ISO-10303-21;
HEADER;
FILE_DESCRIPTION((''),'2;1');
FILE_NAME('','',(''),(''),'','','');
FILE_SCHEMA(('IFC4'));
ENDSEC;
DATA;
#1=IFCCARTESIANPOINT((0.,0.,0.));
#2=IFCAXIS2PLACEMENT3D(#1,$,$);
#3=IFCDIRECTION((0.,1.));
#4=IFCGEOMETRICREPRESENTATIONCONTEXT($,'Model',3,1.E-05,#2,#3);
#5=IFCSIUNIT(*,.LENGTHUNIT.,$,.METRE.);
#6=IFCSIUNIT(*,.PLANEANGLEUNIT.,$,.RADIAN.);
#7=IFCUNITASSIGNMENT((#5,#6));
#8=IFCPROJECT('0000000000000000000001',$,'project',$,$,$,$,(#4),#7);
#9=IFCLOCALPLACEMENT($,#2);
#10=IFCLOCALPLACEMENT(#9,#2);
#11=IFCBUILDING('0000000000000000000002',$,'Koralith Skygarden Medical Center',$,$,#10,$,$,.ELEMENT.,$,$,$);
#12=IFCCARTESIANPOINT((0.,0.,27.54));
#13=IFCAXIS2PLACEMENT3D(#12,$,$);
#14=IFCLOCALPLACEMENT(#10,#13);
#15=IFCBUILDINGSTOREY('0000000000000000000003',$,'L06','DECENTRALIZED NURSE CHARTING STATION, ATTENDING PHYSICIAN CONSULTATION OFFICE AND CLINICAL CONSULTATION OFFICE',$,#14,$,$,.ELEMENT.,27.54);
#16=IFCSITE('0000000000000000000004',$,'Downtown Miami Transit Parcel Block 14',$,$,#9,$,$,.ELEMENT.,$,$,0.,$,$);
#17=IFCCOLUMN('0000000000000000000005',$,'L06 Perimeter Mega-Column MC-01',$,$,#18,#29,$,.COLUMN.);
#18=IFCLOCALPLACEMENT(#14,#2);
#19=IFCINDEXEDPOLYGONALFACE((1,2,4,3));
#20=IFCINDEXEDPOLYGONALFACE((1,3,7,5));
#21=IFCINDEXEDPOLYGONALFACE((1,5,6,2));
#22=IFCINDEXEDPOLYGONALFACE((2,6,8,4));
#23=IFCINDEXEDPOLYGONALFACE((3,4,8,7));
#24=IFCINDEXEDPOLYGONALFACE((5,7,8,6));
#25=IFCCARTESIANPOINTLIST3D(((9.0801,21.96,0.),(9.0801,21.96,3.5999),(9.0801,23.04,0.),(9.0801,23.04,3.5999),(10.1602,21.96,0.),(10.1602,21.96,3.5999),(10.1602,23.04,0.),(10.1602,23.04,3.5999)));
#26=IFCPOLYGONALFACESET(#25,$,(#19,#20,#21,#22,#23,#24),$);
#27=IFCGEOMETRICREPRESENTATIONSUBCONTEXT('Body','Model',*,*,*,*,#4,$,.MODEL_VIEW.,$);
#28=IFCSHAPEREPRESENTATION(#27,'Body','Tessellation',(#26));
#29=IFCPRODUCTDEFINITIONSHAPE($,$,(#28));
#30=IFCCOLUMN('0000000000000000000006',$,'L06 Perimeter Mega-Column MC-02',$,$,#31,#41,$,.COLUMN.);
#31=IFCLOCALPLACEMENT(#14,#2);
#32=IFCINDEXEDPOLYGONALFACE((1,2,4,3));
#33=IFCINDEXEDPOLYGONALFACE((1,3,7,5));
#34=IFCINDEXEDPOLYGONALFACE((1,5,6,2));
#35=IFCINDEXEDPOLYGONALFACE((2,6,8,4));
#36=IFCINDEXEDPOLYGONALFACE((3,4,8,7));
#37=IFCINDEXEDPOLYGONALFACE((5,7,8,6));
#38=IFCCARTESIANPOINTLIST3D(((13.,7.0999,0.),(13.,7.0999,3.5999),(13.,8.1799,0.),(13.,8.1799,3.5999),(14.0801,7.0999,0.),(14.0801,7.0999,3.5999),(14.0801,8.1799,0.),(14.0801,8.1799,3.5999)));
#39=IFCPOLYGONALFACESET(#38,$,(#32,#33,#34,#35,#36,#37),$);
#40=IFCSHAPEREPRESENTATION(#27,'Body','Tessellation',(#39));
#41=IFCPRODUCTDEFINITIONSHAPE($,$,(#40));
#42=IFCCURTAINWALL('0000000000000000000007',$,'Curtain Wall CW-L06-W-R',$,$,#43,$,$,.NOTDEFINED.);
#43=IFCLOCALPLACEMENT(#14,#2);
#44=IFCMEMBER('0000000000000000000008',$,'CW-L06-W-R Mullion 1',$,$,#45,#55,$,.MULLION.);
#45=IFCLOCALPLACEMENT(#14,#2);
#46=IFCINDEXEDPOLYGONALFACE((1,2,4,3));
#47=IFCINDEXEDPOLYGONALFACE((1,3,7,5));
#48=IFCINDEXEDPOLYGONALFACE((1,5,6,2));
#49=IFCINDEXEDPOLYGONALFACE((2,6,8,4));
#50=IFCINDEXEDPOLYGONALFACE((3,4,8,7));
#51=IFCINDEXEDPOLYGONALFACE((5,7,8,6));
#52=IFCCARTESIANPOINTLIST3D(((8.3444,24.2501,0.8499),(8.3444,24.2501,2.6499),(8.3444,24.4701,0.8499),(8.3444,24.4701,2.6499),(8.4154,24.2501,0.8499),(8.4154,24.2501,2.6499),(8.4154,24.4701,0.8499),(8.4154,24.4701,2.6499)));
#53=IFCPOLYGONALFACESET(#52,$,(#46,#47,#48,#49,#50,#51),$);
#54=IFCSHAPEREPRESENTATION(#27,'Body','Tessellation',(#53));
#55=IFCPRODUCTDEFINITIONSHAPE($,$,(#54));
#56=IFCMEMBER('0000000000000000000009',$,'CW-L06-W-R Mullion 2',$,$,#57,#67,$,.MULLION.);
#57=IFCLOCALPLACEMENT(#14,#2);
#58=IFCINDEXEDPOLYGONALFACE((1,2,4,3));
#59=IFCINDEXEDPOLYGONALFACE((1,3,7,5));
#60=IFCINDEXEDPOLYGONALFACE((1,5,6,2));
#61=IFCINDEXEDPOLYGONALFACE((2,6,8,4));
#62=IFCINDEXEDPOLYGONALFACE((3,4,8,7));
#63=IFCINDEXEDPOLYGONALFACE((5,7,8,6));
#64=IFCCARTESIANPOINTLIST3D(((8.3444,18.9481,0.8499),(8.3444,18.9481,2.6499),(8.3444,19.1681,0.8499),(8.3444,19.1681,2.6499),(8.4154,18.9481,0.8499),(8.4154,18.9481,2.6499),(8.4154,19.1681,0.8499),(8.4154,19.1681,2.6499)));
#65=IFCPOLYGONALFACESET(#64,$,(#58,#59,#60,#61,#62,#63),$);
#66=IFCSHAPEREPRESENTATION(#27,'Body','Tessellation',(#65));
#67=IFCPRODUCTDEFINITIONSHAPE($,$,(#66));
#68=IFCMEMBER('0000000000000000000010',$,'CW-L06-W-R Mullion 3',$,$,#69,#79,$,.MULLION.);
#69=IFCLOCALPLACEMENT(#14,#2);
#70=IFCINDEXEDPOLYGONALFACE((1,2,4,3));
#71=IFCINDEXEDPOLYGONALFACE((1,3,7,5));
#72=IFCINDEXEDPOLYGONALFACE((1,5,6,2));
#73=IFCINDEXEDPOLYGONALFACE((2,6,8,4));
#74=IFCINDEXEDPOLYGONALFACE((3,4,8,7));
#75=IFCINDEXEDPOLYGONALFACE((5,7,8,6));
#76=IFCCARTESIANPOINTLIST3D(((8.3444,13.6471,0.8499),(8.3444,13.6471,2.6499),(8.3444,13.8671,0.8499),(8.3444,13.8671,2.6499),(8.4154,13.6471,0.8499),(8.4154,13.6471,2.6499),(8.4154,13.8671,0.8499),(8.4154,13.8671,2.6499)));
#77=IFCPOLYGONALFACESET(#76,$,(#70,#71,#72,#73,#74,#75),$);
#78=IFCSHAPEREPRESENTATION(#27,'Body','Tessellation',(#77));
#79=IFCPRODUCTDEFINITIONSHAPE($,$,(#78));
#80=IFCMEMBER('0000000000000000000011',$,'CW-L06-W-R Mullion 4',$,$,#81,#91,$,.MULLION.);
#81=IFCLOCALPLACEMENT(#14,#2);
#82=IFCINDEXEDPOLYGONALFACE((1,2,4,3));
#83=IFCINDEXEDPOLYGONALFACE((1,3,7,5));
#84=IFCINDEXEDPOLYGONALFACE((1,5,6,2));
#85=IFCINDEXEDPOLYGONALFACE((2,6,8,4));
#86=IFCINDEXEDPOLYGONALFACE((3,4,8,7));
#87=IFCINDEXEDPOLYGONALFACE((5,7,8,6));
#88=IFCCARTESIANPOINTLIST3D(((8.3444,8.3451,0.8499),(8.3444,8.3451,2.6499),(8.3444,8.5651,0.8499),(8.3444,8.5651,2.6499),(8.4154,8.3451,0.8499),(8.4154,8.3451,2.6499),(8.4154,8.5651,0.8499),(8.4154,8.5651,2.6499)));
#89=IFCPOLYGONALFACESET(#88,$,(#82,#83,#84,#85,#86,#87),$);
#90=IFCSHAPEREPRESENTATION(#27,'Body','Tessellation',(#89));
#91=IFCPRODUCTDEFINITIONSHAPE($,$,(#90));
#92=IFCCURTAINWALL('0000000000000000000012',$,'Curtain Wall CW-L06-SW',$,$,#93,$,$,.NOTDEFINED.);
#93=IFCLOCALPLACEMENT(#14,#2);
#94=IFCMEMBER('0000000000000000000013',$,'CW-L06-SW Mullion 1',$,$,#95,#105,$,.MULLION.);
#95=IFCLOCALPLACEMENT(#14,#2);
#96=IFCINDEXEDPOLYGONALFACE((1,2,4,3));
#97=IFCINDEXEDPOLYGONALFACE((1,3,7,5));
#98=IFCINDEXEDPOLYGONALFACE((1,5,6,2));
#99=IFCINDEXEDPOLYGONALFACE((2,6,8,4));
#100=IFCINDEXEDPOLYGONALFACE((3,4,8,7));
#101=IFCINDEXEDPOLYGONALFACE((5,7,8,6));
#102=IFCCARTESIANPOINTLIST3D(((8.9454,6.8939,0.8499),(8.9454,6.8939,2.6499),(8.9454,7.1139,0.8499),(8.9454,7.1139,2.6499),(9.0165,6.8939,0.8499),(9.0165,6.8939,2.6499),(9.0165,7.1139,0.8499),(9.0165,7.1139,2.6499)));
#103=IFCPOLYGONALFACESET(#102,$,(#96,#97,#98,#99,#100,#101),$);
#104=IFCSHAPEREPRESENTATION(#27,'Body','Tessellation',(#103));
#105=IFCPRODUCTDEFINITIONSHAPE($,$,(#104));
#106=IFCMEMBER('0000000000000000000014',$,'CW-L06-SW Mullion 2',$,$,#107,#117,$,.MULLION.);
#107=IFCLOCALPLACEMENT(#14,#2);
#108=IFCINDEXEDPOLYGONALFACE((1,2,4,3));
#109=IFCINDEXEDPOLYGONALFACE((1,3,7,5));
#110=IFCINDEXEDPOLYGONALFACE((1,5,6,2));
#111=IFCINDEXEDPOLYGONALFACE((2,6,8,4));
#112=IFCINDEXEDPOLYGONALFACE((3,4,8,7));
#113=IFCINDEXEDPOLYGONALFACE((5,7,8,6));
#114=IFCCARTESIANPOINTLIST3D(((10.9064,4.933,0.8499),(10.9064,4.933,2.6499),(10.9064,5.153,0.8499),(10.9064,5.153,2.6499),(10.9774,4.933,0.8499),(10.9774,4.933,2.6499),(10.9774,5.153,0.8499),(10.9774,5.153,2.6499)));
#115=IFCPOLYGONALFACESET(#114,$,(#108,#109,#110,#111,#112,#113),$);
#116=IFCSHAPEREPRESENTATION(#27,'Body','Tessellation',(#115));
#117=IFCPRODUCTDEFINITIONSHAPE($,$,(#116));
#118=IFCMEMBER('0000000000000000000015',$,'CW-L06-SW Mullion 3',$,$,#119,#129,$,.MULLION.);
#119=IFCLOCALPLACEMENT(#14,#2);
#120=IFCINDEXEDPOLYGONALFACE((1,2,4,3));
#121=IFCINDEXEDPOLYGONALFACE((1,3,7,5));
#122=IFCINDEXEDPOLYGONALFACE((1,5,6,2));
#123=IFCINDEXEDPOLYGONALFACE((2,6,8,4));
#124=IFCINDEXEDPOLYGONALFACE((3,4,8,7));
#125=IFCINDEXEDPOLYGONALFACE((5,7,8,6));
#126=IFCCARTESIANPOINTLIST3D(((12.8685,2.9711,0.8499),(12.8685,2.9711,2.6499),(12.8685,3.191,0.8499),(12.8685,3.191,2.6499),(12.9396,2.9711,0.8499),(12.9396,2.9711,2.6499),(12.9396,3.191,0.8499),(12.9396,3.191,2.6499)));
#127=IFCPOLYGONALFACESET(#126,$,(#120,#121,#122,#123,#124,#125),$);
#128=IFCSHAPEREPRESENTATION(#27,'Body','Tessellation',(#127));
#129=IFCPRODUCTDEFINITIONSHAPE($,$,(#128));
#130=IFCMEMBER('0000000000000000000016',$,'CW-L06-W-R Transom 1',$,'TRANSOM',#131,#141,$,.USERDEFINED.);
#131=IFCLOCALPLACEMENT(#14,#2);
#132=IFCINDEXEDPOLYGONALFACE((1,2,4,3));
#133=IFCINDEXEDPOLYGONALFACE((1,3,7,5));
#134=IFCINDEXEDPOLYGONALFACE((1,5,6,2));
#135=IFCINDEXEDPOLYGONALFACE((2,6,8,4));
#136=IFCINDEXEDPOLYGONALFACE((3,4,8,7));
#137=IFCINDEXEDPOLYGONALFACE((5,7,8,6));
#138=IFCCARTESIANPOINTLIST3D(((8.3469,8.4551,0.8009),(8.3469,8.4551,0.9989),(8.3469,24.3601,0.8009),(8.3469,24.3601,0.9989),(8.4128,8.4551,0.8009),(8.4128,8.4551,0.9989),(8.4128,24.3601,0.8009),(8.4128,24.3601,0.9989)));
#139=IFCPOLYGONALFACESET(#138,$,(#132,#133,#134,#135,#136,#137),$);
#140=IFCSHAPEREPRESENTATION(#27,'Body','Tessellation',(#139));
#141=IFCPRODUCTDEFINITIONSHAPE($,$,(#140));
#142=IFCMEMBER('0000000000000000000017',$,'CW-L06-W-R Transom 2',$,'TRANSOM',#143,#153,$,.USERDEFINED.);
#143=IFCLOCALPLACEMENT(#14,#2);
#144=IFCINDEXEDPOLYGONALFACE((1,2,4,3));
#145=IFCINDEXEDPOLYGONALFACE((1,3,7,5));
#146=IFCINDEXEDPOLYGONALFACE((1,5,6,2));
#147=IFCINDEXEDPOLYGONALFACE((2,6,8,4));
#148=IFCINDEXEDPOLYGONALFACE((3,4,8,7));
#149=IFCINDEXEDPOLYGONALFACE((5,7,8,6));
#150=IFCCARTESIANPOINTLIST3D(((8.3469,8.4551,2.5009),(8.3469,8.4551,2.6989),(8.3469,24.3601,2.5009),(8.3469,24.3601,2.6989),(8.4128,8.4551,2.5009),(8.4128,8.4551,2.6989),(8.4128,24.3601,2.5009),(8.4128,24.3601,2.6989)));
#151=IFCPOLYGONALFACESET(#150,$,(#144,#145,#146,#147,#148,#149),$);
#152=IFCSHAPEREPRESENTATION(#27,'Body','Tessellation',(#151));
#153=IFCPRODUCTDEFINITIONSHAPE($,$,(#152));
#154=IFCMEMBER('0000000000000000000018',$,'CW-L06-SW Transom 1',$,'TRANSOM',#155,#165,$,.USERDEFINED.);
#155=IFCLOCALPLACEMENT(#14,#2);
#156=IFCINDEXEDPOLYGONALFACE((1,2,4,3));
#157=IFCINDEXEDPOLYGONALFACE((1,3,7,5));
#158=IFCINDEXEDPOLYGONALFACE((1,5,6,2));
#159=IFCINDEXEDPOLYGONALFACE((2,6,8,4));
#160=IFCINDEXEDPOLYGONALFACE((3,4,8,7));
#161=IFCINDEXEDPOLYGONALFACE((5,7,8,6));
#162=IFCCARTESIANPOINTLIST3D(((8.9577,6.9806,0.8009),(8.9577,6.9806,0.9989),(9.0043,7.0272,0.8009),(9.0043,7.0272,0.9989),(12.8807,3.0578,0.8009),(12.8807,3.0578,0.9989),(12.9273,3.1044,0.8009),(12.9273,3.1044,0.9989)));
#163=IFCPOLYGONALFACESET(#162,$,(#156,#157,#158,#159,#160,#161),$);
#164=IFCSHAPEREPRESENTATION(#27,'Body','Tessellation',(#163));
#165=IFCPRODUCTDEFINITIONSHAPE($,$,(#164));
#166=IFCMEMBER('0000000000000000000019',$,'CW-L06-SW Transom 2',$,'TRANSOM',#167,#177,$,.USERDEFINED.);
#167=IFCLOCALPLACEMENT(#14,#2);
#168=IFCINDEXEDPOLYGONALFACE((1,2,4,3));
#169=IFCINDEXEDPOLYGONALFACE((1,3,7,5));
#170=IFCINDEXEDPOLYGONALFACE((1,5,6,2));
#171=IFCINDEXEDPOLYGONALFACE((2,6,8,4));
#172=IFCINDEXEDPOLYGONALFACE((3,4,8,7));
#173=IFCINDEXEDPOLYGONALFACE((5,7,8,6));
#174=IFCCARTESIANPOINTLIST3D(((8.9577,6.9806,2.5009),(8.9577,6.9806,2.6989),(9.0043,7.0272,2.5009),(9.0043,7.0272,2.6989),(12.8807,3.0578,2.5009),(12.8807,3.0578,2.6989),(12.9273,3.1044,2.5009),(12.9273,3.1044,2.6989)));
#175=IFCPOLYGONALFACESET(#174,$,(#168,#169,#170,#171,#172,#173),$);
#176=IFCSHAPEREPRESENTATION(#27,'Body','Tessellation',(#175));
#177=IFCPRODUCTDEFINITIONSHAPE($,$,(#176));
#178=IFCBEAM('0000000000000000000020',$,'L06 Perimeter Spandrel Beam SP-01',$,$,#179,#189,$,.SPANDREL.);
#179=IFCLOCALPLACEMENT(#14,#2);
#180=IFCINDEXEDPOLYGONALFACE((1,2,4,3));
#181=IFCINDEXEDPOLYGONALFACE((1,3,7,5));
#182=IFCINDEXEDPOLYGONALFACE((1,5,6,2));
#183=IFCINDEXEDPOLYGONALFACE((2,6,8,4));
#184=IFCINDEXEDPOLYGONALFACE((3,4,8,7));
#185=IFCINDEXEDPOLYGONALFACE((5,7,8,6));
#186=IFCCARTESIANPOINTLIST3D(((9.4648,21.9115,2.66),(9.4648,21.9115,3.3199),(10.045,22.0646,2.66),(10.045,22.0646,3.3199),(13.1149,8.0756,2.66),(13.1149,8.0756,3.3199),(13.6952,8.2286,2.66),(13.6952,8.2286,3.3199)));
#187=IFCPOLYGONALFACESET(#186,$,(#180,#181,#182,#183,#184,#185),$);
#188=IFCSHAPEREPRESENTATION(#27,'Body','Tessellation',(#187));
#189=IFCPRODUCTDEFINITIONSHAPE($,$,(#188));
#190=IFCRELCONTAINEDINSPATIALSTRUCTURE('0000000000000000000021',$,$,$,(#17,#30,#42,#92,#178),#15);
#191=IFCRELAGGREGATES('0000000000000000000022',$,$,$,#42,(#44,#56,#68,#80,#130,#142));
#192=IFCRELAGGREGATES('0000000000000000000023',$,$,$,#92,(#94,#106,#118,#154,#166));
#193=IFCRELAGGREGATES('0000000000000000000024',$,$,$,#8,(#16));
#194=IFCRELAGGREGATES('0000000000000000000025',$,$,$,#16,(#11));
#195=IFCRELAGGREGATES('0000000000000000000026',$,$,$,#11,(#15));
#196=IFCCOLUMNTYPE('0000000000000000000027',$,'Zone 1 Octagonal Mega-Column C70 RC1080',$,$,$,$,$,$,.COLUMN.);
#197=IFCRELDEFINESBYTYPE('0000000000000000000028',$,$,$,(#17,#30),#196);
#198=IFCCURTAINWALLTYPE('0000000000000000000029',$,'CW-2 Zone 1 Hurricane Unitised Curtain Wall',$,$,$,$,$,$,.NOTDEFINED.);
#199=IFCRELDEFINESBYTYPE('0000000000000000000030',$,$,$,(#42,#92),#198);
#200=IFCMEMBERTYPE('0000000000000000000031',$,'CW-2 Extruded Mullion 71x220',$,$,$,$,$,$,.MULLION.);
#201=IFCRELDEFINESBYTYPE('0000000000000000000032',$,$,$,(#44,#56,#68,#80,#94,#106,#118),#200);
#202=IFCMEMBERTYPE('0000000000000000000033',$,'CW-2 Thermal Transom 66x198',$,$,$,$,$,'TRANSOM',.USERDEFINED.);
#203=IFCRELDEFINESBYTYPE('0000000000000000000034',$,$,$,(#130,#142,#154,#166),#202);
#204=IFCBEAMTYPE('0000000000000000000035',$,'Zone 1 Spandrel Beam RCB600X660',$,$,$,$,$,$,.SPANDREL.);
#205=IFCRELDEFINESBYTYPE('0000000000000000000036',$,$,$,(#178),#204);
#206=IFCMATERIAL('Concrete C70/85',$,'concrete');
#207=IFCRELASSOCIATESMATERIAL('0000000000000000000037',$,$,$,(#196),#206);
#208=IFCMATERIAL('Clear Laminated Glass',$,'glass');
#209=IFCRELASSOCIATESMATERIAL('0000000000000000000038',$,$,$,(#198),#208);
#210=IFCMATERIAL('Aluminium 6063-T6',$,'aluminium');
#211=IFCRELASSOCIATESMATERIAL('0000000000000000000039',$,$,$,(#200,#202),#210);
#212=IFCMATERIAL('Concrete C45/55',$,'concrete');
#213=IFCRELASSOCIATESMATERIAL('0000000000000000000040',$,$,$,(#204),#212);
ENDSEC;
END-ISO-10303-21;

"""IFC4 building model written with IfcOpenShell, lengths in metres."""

from ifc_helpers import new_model, si_unit, direction, frame, origin, origin_2d, place, context, subcontext, project, spatial, rectangle, extrude, material, material_profile, profile_set, type_object, element, aggregate, save


model = new_model("IFC4")

# Units and contexts
model_context = context("Model", 3, precision=1e-05, world=origin(), true_north=direction((0.0, 1.0)))
body_context = subcontext(model_context, "Body", "Model", "MODEL_VIEW")
ifc_project = project(units=[si_unit("LENGTHUNIT", "METRE"), si_unit("PLANEANGLEUNIT", "RADIAN")], contexts=[model_context])

# Site, building, storey
site_placement = place(None, origin())
site = spatial("IfcSite", under=ifc_project, at=site_placement, Name="Downtown Miami Transit Parcel Block 14", CompositionType="ELEMENT", RefElevation=0.0)
building_placement = place(site_placement, origin())
building = spatial("IfcBuilding", under=site, at=building_placement, Name="Koralith Skygarden Medical Center", CompositionType="ELEMENT")
storey_placement = place(building_placement, frame((0.0, 0.0, 27.54)))
storey = spatial("IfcBuildingStorey", under=building, at=storey_placement, Name="L06", Description="DECENTRALIZED NURSE CHARTING STATION, ATTENDING PHYSICIAN CONSULTATION OFFICE AND CLINICAL CONSULTATION OFFICE", CompositionType="ELEMENT", Elevation=27.54)

# Columns
ifc_material_1 = material(Name="Concrete C70/85", Category="concrete")
ifc_material_profile_1 = material_profile(ifc_material_1, rectangle(XDim=1.0801, YDim=1.0801, at=origin_2d()), Name="RC1080X1080")
ifc_profile_set_1 = profile_set([ifc_material_profile_1], Name="Concrete C70/85")
column_type = type_object("IfcColumnType", Name="Zone 1 Octagonal Mega-Column C70 RC1080", PredefinedType="COLUMN", material=ifc_profile_set_1)
for number, where, z_axis, x_axis, name in (
    (1, (9.6201, 22.5, 0.0), (0.0, 0.0, 1.0), (1.0, 0.0, 0.0), "L06 Perimeter Mega-Column MC-01"),
    (2, (13.54, 7.6399, 0.0), (0.0, 0.0, 1.0), (1.0, 0.0, 0.0), "L06 Perimeter Mega-Column MC-02"),
):
    element("IfcColumn", number, at=place(storey_placement, frame(where, z_axis=z_axis, x_axis=x_axis)), inside=storey, type_object=column_type, Name=name, PredefinedType="COLUMN", context=body_context, shape_type="SweptSolid", body=[
        extrude(rectangle(XDim=1.0801, YDim=1.0801, at=origin_2d()), origin(), (0.0, 0.0, 1.0), 3.5999),
    ])

# Curtain walls, members
ifc_material_2 = material(Name="Clear Laminated Glass", Category="glass")
curtain_wall_type = type_object("IfcCurtainWallType", Name="CW-2 Zone 1 Hurricane Unitised Curtain Wall", PredefinedType="NOTDEFINED", material=ifc_material_2)
curtain_wall_1_placement = place(storey_placement, origin())
curtain_wall_1 = element("IfcCurtainWall", 3, at=curtain_wall_1_placement, inside=storey, type_object=curtain_wall_type, Name="Curtain Wall CW-L06-W-R", PredefinedType="NOTDEFINED")
ifc_material_3 = material(Name="Aluminium 6063-T6", Category="aluminium")
ifc_material_profile_2 = material_profile(ifc_material_3, rectangle(XDim=0.071, YDim=0.22, at=origin_2d()), Name="MUL71X220")
ifc_profile_set_2 = profile_set([ifc_material_profile_2], Name="Aluminium 6063-T6")
member_type_1 = type_object("IfcMemberType", Name="CW-2 Extruded Mullion 71x220", PredefinedType="MULLION", material=ifc_profile_set_2)
member_1_placement = place(storey_placement, frame((8.3799, 24.3601, 0.8499), z_axis=(0.0, 0.0, 1.0), x_axis=(1.0, 0.0, 0.0)))
member_1 = element("IfcMember", 4, at=member_1_placement, type_object=member_type_1, Name="CW-L06-W-R Mullion 1", PredefinedType="MULLION", context=body_context, shape_type="SweptSolid", body=[
    extrude(rectangle(XDim=0.071, YDim=0.22, at=origin_2d()), origin(), (0.0, 0.0, 1.0), 1.8),
])
member_2_placement = place(storey_placement, frame((8.3799, 19.0581, 0.8499), z_axis=(0.0, 0.0, 1.0), x_axis=(1.0, 0.0, 0.0)))
member_2 = element("IfcMember", 5, at=member_2_placement, type_object=member_type_1, Name="CW-L06-W-R Mullion 2", PredefinedType="MULLION", context=body_context, shape_type="SweptSolid", body=[
    extrude(rectangle(XDim=0.071, YDim=0.22, at=origin_2d()), origin(), (0.0, 0.0, 1.0), 1.8),
])
member_3_placement = place(storey_placement, frame((8.3799, 13.7571, 0.8499), z_axis=(0.0, 0.0, 1.0), x_axis=(1.0, 0.0, 0.0)))
member_3 = element("IfcMember", 6, at=member_3_placement, type_object=member_type_1, Name="CW-L06-W-R Mullion 3", PredefinedType="MULLION", context=body_context, shape_type="SweptSolid", body=[
    extrude(rectangle(XDim=0.071, YDim=0.22, at=origin_2d()), origin(), (0.0, 0.0, 1.0), 1.8),
])
member_4_placement = place(storey_placement, frame((8.3799, 8.4551, 0.8499), z_axis=(0.0, 0.0, 1.0), x_axis=(1.0, 0.0, 0.0)))
member_4 = element("IfcMember", 7, at=member_4_placement, type_object=member_type_1, Name="CW-L06-W-R Mullion 4", PredefinedType="MULLION", context=body_context, shape_type="SweptSolid", body=[
    extrude(rectangle(XDim=0.071, YDim=0.22, at=origin_2d()), origin(), (0.0, 0.0, 1.0), 1.8),
])
curtain_wall_2_placement = place(storey_placement, origin())
curtain_wall_2 = element("IfcCurtainWall", 8, at=curtain_wall_2_placement, inside=storey, type_object=curtain_wall_type, Name="Curtain Wall CW-L06-SW", PredefinedType="NOTDEFINED")
member_5_placement = place(storey_placement, frame((8.981, 7.0039, 0.8499), z_axis=(0.0, 0.0, 1.0), x_axis=(1.0, 0.0, 0.0)))
member_5 = element("IfcMember", 9, at=member_5_placement, type_object=member_type_1, Name="CW-L06-SW Mullion 1", PredefinedType="MULLION", context=body_context, shape_type="SweptSolid", body=[
    extrude(rectangle(XDim=0.071, YDim=0.22, at=origin_2d()), origin(), (0.0, 0.0, 1.0), 1.8),
])
member_6_placement = place(storey_placement, frame((10.9419, 5.043, 0.8499), z_axis=(0.0, 0.0, 1.0), x_axis=(1.0, 0.0, 0.0)))
member_6 = element("IfcMember", 10, at=member_6_placement, type_object=member_type_1, Name="CW-L06-SW Mullion 2", PredefinedType="MULLION", context=body_context, shape_type="SweptSolid", body=[
    extrude(rectangle(XDim=0.071, YDim=0.22, at=origin_2d()), origin(), (0.0, 0.0, 1.0), 1.8),
])
member_7_placement = place(storey_placement, frame((12.9041, 3.0811, 0.8499), z_axis=(0.0, 0.0, 1.0), x_axis=(1.0, 0.0, 0.0)))
member_7 = element("IfcMember", 11, at=member_7_placement, type_object=member_type_1, Name="CW-L06-SW Mullion 3", PredefinedType="MULLION", context=body_context, shape_type="SweptSolid", body=[
    extrude(rectangle(XDim=0.071, YDim=0.22, at=origin_2d()), origin(), (0.0, 0.0, 1.0), 1.8),
])

# Members
ifc_material_profile_3 = material_profile(ifc_material_3, rectangle(XDim=0.0659, YDim=0.198, at=origin_2d()), Name="TRN66X198")
ifc_profile_set_3 = profile_set([ifc_material_profile_3], Name="Aluminium 6063-T6")
member_type_2 = type_object("IfcMemberType", Name="CW-2 Thermal Transom 66x198", ElementType="TRANSOM", PredefinedType="USERDEFINED", material=ifc_profile_set_3)
member_8_placement = place(storey_placement, frame((8.3799, 24.3601, 0.8999), z_axis=(0.0, -1.0, 0.0), x_axis=(1.0, 0.0, 0.0)))
member_8 = element("IfcMember", 12, at=member_8_placement, type_object=member_type_2, Name="CW-L06-W-R Transom 1", ObjectType="TRANSOM", PredefinedType="USERDEFINED", context=body_context, shape_type="SweptSolid", body=[
    extrude(rectangle(XDim=0.0659, YDim=0.198, at=origin_2d()), origin(), (0.0, 0.0, 1.0), 15.905),
])
member_9_placement = place(storey_placement, frame((8.3799, 24.3601, 2.5999), z_axis=(0.0, -1.0, 0.0), x_axis=(1.0, 0.0, 0.0)))
member_9 = element("IfcMember", 13, at=member_9_placement, type_object=member_type_2, Name="CW-L06-W-R Transom 2", ObjectType="TRANSOM", PredefinedType="USERDEFINED", context=body_context, shape_type="SweptSolid", body=[
    extrude(rectangle(XDim=0.0659, YDim=0.198, at=origin_2d()), origin(), (0.0, 0.0, 1.0), 15.905),
])
member_10_placement = place(storey_placement, frame((8.981, 7.0039, 0.8999), z_axis=(0.707129, -0.707085, 0.0), x_axis=(0.707085, 0.707129, 0.0)))
member_10 = element("IfcMember", 14, at=member_10_placement, type_object=member_type_2, Name="CW-L06-SW Transom 1", ObjectType="TRANSOM", PredefinedType="USERDEFINED", context=body_context, shape_type="SweptSolid", body=[
    extrude(rectangle(XDim=0.0659, YDim=0.198, at=origin_2d()), origin(), (0.0, 0.0, 1.0), 5.5479),
])
member_11_placement = place(storey_placement, frame((8.981, 7.0039, 2.5999), z_axis=(0.707129, -0.707085, 0.0), x_axis=(0.707085, 0.707129, 0.0)))
member_11 = element("IfcMember", 15, at=member_11_placement, type_object=member_type_2, Name="CW-L06-SW Transom 2", ObjectType="TRANSOM", PredefinedType="USERDEFINED", context=body_context, shape_type="SweptSolid", body=[
    extrude(rectangle(XDim=0.0659, YDim=0.198, at=origin_2d()), origin(), (0.0, 0.0, 1.0), 5.5479),
])

# Beam
ifc_material_4 = material(Name="Concrete C45/55", Category="concrete")
ifc_material_profile_4 = material_profile(ifc_material_4, rectangle(XDim=0.6001, YDim=0.6599, at=origin_2d()), Name="RCB600X660")
ifc_profile_set_4 = profile_set([ifc_material_profile_4], Name="Concrete C45/55")
beam_type = type_object("IfcBeamType", Name="Zone 1 Spandrel Beam RCB600X660", PredefinedType="SPANDREL", material=ifc_profile_set_4)
beam_1_placement = place(storey_placement, frame((9.7549, 21.988, 2.99), z_axis=(0.255089, -0.966918, 0.0), x_axis=(0.966918, 0.255089, 0.0)))
element("IfcBeam", 16, at=beam_1_placement, inside=storey, type_object=beam_type, Name="L06 Perimeter Spandrel Beam SP-01", PredefinedType="SPANDREL", context=body_context, shape_type="SweptSolid", body=[
    extrude(rectangle(XDim=0.6001, YDim=0.6599, at=origin_2d()), origin(), (0.0, 0.0, 1.0), 14.3093),
])

aggregate(curtain_wall_1, [member_1, member_2, member_3, member_4, member_8, member_9])
aggregate(curtain_wall_2, [member_5, member_6, member_7, member_10, member_11])

save(model, "model.ifc")
